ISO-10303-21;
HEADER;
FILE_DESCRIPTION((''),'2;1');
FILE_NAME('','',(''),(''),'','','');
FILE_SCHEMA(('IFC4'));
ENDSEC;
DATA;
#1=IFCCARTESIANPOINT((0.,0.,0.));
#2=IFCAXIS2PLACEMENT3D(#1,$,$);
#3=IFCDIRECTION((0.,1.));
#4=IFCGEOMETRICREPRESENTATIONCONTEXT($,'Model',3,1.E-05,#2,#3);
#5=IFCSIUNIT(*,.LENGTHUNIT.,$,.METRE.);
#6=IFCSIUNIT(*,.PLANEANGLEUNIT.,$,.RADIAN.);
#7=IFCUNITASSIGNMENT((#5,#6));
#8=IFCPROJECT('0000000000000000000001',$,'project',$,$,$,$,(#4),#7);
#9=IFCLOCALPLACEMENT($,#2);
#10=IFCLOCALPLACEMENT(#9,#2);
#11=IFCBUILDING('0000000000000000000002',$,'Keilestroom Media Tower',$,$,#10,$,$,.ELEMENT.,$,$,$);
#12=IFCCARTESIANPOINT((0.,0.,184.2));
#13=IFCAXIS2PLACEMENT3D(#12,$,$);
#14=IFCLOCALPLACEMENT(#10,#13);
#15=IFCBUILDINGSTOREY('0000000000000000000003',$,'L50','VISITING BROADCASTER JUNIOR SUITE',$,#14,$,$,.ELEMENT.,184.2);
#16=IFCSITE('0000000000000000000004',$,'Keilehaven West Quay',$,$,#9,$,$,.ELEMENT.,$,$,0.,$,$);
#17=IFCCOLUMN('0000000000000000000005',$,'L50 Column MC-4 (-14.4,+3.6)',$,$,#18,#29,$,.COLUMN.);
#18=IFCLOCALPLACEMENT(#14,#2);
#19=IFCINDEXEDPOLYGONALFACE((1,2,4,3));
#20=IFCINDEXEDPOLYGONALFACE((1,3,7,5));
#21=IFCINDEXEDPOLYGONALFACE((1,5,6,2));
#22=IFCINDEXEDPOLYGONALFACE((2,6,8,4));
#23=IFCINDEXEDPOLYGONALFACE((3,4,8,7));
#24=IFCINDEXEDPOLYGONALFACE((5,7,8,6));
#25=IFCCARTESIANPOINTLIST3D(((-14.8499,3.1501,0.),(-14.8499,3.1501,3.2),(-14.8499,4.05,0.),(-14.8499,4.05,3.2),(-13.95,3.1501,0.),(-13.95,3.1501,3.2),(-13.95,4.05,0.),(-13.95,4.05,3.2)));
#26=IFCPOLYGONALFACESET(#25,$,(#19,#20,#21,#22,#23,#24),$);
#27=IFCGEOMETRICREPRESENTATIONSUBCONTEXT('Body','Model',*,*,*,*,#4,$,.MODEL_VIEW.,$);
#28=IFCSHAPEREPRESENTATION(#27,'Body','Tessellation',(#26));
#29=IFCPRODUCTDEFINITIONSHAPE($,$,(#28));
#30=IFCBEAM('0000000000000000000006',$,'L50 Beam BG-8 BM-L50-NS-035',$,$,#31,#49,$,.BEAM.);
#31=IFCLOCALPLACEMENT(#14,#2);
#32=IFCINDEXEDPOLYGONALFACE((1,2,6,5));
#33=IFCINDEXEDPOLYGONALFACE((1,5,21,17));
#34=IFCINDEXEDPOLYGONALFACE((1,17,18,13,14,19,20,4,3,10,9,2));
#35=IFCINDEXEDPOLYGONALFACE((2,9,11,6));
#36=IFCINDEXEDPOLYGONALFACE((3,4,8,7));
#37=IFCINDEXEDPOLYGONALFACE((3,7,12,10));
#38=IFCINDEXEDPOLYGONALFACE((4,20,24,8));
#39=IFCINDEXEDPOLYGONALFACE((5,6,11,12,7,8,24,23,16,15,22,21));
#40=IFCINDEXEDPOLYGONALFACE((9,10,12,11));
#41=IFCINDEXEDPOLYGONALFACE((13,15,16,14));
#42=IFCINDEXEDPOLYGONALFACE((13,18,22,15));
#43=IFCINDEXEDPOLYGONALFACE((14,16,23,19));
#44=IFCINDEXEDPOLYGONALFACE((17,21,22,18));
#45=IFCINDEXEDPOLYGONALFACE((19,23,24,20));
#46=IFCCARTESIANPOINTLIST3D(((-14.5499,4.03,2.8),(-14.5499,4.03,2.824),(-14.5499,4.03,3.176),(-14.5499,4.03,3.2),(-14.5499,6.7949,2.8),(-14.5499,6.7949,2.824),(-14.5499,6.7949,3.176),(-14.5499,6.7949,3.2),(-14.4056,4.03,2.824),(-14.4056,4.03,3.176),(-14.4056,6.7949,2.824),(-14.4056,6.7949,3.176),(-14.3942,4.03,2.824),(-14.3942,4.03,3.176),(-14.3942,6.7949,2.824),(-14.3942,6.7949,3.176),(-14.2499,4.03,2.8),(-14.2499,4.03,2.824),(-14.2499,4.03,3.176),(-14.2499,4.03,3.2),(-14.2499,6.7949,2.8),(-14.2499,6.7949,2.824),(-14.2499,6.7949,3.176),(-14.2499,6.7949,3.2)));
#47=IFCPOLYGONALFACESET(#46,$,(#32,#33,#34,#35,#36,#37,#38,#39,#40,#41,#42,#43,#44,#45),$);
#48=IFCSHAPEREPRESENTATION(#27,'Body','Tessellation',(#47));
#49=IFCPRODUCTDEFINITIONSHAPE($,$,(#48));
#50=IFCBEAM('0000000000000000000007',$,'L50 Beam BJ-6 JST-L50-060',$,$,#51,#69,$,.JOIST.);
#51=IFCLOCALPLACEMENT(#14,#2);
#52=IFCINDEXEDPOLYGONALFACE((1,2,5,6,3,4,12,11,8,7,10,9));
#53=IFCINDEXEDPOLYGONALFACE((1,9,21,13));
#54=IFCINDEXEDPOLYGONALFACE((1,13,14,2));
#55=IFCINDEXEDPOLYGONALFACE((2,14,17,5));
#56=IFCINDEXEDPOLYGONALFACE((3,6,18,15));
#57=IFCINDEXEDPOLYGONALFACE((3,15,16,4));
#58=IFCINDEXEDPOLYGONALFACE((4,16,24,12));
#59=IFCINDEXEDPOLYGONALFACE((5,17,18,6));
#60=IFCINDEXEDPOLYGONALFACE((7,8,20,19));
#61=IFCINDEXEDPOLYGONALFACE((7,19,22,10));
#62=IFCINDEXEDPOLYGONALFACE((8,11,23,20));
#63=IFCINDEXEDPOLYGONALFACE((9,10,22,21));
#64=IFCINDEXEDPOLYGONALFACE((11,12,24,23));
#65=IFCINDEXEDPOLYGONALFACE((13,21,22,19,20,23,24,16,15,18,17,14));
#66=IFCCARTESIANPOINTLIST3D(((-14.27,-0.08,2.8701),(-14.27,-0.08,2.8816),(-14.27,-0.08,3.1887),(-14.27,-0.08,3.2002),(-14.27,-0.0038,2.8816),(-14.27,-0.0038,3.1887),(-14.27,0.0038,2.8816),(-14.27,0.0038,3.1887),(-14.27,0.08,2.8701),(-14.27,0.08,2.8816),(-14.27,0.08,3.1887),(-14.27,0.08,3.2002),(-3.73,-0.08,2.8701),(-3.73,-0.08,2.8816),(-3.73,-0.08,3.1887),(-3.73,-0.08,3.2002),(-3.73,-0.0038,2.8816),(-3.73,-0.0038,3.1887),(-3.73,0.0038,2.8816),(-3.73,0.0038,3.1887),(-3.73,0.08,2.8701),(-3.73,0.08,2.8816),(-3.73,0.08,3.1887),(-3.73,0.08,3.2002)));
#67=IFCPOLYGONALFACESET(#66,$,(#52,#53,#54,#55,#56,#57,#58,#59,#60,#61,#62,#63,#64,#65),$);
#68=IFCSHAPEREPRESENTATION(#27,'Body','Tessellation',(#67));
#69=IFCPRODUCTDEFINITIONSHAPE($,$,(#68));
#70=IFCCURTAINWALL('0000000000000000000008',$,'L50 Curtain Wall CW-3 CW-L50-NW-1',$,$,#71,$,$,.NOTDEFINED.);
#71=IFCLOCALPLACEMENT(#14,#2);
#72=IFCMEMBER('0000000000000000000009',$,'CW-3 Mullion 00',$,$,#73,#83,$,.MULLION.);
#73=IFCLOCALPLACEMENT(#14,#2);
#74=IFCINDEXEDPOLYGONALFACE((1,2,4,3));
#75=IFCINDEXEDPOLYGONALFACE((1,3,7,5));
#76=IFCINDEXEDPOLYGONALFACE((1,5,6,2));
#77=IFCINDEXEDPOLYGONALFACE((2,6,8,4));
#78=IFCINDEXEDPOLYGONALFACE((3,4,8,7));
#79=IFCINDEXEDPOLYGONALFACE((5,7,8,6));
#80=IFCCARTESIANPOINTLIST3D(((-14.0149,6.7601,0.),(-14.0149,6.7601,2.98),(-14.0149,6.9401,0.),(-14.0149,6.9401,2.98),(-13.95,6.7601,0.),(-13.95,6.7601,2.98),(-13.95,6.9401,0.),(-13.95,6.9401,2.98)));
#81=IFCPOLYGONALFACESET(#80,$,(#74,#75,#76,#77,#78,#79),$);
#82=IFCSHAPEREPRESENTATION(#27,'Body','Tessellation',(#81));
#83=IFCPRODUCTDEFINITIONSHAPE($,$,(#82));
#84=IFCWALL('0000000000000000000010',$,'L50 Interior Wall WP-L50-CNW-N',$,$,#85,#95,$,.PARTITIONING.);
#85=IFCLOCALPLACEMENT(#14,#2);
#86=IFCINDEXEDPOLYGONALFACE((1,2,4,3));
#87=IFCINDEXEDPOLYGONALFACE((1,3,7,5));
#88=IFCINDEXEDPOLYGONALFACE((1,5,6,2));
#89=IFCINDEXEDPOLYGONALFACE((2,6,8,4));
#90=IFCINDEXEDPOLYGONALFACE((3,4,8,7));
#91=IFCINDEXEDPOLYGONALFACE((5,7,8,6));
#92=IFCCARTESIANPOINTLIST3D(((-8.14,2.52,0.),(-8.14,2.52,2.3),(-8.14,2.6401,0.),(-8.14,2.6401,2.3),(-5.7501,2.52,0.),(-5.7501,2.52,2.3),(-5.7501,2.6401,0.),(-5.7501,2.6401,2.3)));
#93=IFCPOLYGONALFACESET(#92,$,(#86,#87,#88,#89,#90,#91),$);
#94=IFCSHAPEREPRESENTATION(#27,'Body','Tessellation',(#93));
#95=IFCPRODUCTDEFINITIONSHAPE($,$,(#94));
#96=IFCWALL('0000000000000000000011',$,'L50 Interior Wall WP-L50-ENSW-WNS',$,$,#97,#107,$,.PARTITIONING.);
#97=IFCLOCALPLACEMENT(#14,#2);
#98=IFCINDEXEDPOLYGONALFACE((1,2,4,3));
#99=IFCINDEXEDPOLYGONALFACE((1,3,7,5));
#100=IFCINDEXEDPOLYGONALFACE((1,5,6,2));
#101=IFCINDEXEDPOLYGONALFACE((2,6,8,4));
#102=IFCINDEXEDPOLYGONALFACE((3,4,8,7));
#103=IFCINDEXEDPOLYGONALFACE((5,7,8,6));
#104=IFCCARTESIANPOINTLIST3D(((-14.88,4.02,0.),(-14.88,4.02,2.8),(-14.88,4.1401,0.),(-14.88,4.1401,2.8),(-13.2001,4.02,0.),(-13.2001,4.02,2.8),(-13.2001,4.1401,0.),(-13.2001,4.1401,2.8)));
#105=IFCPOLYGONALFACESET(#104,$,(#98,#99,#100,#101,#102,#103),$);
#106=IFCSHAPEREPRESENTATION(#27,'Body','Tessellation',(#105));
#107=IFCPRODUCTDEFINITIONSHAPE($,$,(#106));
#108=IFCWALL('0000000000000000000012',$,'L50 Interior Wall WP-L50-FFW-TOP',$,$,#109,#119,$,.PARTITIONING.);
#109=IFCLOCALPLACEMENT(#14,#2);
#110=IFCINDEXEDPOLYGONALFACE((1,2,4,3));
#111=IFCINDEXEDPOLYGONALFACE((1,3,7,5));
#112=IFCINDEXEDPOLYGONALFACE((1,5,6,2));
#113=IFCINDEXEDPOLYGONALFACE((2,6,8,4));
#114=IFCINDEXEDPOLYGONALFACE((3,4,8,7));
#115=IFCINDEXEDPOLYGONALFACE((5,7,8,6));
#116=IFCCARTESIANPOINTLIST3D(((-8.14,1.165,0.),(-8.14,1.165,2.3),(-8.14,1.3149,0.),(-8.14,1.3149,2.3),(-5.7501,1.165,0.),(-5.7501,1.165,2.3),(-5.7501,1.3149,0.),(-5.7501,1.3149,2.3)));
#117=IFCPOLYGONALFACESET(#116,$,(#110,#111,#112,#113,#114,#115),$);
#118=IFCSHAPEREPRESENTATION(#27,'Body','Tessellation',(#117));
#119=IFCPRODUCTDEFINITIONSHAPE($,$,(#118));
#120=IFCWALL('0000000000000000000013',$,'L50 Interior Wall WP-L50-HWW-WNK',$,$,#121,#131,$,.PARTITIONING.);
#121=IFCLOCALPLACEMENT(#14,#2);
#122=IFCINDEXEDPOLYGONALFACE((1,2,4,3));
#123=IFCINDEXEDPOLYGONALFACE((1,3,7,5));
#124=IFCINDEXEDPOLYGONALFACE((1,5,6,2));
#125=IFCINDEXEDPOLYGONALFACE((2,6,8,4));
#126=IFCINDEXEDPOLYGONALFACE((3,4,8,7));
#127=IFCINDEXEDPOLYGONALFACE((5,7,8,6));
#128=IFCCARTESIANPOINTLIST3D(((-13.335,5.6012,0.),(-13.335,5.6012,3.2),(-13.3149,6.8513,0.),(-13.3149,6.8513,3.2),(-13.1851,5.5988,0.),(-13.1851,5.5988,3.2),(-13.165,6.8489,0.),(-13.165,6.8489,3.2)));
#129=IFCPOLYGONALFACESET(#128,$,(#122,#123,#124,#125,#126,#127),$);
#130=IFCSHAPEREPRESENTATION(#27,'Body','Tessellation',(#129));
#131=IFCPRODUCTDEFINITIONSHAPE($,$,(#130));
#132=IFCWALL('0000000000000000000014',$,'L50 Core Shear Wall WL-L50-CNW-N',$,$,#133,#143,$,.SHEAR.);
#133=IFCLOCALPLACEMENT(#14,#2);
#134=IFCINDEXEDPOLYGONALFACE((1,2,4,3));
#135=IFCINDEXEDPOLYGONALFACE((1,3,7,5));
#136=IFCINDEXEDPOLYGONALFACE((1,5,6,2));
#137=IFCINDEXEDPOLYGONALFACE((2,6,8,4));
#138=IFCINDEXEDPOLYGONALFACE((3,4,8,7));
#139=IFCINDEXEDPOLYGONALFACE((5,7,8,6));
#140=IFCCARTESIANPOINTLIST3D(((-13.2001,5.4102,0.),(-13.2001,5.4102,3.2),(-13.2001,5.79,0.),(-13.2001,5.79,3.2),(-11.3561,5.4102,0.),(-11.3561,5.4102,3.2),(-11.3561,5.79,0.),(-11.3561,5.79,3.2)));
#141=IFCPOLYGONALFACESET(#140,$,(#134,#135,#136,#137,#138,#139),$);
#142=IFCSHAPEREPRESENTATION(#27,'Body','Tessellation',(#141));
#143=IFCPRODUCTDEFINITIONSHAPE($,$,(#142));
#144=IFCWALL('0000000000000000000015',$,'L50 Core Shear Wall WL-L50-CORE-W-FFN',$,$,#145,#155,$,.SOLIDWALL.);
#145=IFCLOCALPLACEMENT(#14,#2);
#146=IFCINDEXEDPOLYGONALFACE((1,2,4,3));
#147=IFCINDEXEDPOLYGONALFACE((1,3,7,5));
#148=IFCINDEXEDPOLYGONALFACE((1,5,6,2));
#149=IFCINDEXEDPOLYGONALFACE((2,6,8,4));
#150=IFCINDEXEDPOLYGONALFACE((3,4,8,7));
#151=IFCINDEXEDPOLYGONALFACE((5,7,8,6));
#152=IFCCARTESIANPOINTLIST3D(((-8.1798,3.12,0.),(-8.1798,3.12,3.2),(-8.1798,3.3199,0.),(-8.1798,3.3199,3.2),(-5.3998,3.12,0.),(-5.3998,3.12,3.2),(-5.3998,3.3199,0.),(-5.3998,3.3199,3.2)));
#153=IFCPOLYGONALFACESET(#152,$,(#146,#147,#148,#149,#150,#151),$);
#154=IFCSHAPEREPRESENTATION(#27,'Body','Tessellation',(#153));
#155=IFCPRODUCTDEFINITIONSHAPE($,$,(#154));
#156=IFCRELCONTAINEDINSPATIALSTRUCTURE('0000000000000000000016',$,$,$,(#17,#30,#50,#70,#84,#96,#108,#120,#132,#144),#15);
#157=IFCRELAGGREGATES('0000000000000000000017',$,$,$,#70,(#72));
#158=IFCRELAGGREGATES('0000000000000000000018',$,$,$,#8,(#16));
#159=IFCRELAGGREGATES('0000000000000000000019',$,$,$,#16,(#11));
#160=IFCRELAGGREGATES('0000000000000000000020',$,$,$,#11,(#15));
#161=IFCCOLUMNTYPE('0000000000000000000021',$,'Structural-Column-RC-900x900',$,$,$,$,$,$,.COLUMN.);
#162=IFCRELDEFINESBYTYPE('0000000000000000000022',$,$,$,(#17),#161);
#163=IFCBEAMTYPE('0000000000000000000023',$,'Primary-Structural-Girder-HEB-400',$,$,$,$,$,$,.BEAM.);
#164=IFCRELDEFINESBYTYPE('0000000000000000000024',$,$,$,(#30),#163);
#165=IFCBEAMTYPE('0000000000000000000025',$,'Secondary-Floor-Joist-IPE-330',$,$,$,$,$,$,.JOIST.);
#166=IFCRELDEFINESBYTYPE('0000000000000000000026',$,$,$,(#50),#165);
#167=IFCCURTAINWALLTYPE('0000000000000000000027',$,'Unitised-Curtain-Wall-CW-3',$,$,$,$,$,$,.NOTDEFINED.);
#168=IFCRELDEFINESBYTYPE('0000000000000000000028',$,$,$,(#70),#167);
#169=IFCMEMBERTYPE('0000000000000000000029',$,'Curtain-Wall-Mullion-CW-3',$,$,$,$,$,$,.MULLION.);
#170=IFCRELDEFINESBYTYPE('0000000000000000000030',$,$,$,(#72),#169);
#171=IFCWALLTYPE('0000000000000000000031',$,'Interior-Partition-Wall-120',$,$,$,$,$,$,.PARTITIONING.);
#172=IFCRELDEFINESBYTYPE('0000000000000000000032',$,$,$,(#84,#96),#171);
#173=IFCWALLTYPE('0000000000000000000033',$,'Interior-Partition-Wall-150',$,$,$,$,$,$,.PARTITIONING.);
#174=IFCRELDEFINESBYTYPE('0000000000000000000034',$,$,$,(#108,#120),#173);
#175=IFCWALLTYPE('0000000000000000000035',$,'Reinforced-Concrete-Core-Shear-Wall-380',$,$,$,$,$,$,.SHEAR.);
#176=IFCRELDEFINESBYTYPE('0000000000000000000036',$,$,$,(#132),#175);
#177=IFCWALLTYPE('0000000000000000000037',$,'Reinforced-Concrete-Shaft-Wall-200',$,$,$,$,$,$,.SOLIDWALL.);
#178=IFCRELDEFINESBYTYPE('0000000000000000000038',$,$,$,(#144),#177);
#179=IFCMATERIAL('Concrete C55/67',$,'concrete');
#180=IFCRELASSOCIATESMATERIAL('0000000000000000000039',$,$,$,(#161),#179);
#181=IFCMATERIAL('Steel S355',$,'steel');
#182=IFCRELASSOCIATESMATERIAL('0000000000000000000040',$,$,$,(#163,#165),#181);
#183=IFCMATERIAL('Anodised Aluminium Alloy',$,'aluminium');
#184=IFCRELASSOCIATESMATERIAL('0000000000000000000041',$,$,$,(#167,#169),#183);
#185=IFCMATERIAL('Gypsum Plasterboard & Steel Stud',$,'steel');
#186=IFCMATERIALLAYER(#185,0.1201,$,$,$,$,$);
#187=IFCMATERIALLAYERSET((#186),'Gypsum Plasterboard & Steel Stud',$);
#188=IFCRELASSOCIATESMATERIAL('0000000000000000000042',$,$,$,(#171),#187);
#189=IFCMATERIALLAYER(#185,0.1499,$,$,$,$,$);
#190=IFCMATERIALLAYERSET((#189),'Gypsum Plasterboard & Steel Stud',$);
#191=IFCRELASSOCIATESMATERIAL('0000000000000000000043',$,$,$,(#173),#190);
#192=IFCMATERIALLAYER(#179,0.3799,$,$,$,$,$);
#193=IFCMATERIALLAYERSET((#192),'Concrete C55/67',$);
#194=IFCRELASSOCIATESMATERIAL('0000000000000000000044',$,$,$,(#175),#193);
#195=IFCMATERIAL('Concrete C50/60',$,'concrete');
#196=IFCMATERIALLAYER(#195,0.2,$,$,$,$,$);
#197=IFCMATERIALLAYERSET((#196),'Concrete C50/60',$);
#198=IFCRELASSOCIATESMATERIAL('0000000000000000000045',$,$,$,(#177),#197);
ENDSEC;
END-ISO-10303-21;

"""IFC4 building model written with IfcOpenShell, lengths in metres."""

from ifc_helpers import new_model, si_unit, direction, frame, frame_2d, origin, origin_2d, place, context, subcontext, project, spatial, rectangle, i_section, extrude, source, transform, mapped, material, layer, layer_set, material_profile, profile_set, type_object, element, aggregate, save


model = new_model("IFC4")

# Units and contexts
model_context = context("Model", 3, precision=1e-05, world=origin(), true_north=direction((0.0, 1.0)))
body_context = subcontext(model_context, "Body", "Model", "MODEL_VIEW")
ifc_project = project(units=[si_unit("LENGTHUNIT", "METRE"), si_unit("PLANEANGLEUNIT", "RADIAN")], contexts=[model_context])

# Site, building, storey
site_placement = place(None, origin())
site = spatial("IfcSite", under=ifc_project, at=site_placement, Name="Keilehaven West Quay", CompositionType="ELEMENT", RefElevation=0.0)
building_placement = place(site_placement, origin())
building = spatial("IfcBuilding", under=site, at=building_placement, Name="Keilestroom Media Tower", CompositionType="ELEMENT")
storey_placement = place(building_placement, frame((0.0, 0.0, 184.2)))
storey = spatial("IfcBuildingStorey", under=building, at=storey_placement, Name="L50", Description="VISITING BROADCASTER JUNIOR SUITE", CompositionType="ELEMENT", Elevation=184.2)

# Column
ifc_material_1 = material(Name="Concrete C55/67", Category="concrete")
ifc_material_profile_1 = material_profile(ifc_material_1, rectangle(XDim=0.8999, YDim=0.8999, at=origin_2d()), Name="RC 900x900")
ifc_profile_set_1 = profile_set([ifc_material_profile_1], Name="Concrete C55/67")
column_type = type_object("IfcColumnType", Name="Structural-Column-RC-900x900", PredefinedType="COLUMN", material=ifc_profile_set_1)
shared_shape_1 = source(origin(), body_context, "Body", "SweptSolid", [
    extrude(rectangle(XDim=0.8999, YDim=0.8999, at=origin_2d()), origin(), (0.0, 0.0, 1.0), 3.2),
])
column_placement = place(storey_placement, frame((-14.3999, 3.6001, 0.0), z_axis=(0.0, 0.0, 1.0), x_axis=(1.0, 0.0, 0.0)))
element("IfcColumn", 1, at=column_placement, inside=storey, type_object=column_type, Name="L50 Column MC-4 (-14.4,+3.6)", PredefinedType="COLUMN", context=body_context, shape_type="MappedRepresentation", body=[
    mapped(shared_shape_1, transform((0.0, 0.0, 0.0), x_axis=(1.0, 0.0, 0.0), y_axis=(0.0, 1.0, 0.0), z_axis=(0.0, 0.0, 1.0), scale=1.0)),
])

# Beams
ifc_material_2 = material(Name="Steel S355", Category="steel")
ifc_material_profile_2 = material_profile(ifc_material_2, i_section(OverallWidth=0.3, OverallDepth=0.3999, WebThickness=0.0115, FlangeThickness=0.0239, at=origin_2d()), Name="HEB 400")
ifc_profile_set_2 = profile_set([ifc_material_profile_2], Name="Steel S355")
beam_type_1 = type_object("IfcBeamType", Name="Primary-Structural-Girder-HEB-400", PredefinedType="BEAM", material=ifc_profile_set_2)
shared_shape_2 = source(origin(), body_context, "Body", "SweptSolid", [
    extrude(i_section(OverallWidth=0.3, OverallDepth=0.3999, WebThickness=0.0115, FlangeThickness=0.0239, at=origin_2d()), origin(), (0.0, 0.0, 1.0), 2.7649),
])
beam_1_placement = place(storey_placement, frame((-14.3999, 4.03, 3.0), z_axis=(0.0, 1.0, 0.0), x_axis=(-1.0, 0.0, 0.0)))
element("IfcBeam", 2, at=beam_1_placement, inside=storey, type_object=beam_type_1, Name="L50 Beam BG-8 BM-L50-NS-035", PredefinedType="BEAM", context=body_context, shape_type="MappedRepresentation", body=[
    mapped(shared_shape_2, transform((0.0, 0.0, 0.0), x_axis=(1.0, 0.0, 0.0), y_axis=(0.0, 1.0, 0.0), z_axis=(0.0, 0.0, 1.0), scale=1.0)),
])
ifc_material_profile_3 = material_profile(ifc_material_2, i_section(OverallWidth=0.1599, OverallDepth=0.3301, WebThickness=0.0076, FlangeThickness=0.0115, at=origin_2d()), Name="IPE 330")
ifc_profile_set_3 = profile_set([ifc_material_profile_3], Name="Steel S355")
beam_type_2 = type_object("IfcBeamType", Name="Secondary-Floor-Joist-IPE-330", PredefinedType="JOIST", material=ifc_profile_set_3)
shared_shape_3 = source(origin(), body_context, "Body", "SweptSolid", [
    extrude(i_section(OverallWidth=0.1599, OverallDepth=0.3301, WebThickness=0.0076, FlangeThickness=0.0115, at=origin_2d()), origin(), (0.0, 0.0, 1.0), 10.54),
])
beam_2_placement = place(storey_placement, frame((-14.27, 0.0, 3.0352), z_axis=(1.0, 0.0, 0.0), x_axis=(0.0, 1.0, 0.0)))
element("IfcBeam", 3, at=beam_2_placement, inside=storey, type_object=beam_type_2, Name="L50 Beam BJ-6 JST-L50-060", PredefinedType="JOIST", context=body_context, shape_type="MappedRepresentation", body=[
    mapped(shared_shape_3, transform((0.0, 0.0, 0.0), x_axis=(1.0, 0.0, 0.0), y_axis=(0.0, 1.0, 0.0), z_axis=(0.0, 0.0, 1.0), scale=1.0)),
])

# Curtain wall, member
ifc_material_3 = material(Name="Anodised Aluminium Alloy", Category="aluminium")
curtain_wall_type = type_object("IfcCurtainWallType", Name="Unitised-Curtain-Wall-CW-3", PredefinedType="NOTDEFINED", material=ifc_material_3)
curtain_wall_placement = place(storey_placement, origin())
curtain_wall = element("IfcCurtainWall", 4, at=curtain_wall_placement, inside=storey, type_object=curtain_wall_type, Name="L50 Curtain Wall CW-3 CW-L50-NW-1", PredefinedType="NOTDEFINED")
ifc_material_profile_4 = material_profile(ifc_material_3, rectangle(XDim=0.0649, YDim=0.1799, at=origin_2d()), Name="ALU MULLION 65x180")
ifc_profile_set_4 = profile_set([ifc_material_profile_4], Name="Anodised Aluminium Alloy")
member_type = type_object("IfcMemberType", Name="Curtain-Wall-Mullion-CW-3", PredefinedType="MULLION", material=ifc_profile_set_4)
shared_shape_4 = source(origin(), body_context, "Body", "SweptSolid", [
    extrude(rectangle(XDim=0.0649, YDim=0.1799, at=origin_2d()), origin(), (0.0, 0.0, 1.0), 2.98),
])
member_placement = place(storey_placement, frame((-13.9824, 6.8501, 0.0), z_axis=(0.0, 0.0, 1.0), x_axis=(1.0, 0.0, 0.0)))
member = element("IfcMember", 5, at=member_placement, type_object=member_type, Name="CW-3 Mullion 00", PredefinedType="MULLION", context=body_context, shape_type="MappedRepresentation", body=[
    mapped(shared_shape_4, transform((0.0, 0.0, 0.0), x_axis=(1.0, 0.0, 0.0), y_axis=(0.0, 1.0, 0.0), z_axis=(0.0, 0.0, 1.0), scale=1.0)),
])
aggregate(curtain_wall, [member])

# Walls
ifc_material_4 = material(Name="Gypsum Plasterboard & Steel Stud", Category="steel")
ifc_layer_1 = layer(ifc_material_4, 0.1201)
ifc_layer_set_1 = layer_set([ifc_layer_1], Name="Gypsum Plasterboard & Steel Stud")
wall_type_1 = type_object("IfcWallType", Name="Interior-Partition-Wall-120", PredefinedType="PARTITIONING", material=ifc_layer_set_1)
wall_1_placement = place(storey_placement, frame((-8.1399, 2.5801, 0.0), z_axis=(0.0, 0.0, 1.0), x_axis=(1.0, 0.0, 0.0)))
element("IfcWall", 6, at=wall_1_placement, inside=storey, type_object=wall_type_1, Name="L50 Interior Wall WP-L50-CNW-N", PredefinedType="PARTITIONING", context=body_context, shape_type="SweptSolid", body=[
    extrude(rectangle(XDim=2.3899, YDim=0.1201, at=frame_2d((1.1948, 0.0))), origin(), (0.0, 0.0, 1.0), 2.3),
])
wall_2_placement = place(storey_placement, frame((-14.8799, 4.0801, 0.0), z_axis=(0.0, 0.0, 1.0), x_axis=(1.0, 0.0, 0.0)))
element("IfcWall", 7, at=wall_2_placement, inside=storey, type_object=wall_type_1, Name="L50 Interior Wall WP-L50-ENSW-WNS", PredefinedType="PARTITIONING", context=body_context, shape_type="SweptSolid", body=[
    extrude(rectangle(XDim=1.6799, YDim=0.1201, at=frame_2d((0.8398, 0.0))), origin(), (0.0, 0.0, 1.0), 2.8),
])
ifc_layer_2 = layer(ifc_material_4, 0.1499)
ifc_layer_set_2 = layer_set([ifc_layer_2], Name="Gypsum Plasterboard & Steel Stud")
wall_type_2 = type_object("IfcWallType", Name="Interior-Partition-Wall-150", PredefinedType="PARTITIONING", material=ifc_layer_set_2)
wall_3_placement = place(storey_placement, frame((-8.1399, 1.24, 0.0), z_axis=(0.0, 0.0, 1.0), x_axis=(1.0, 0.0, 0.0)))
element("IfcWall", 8, at=wall_3_placement, inside=storey, type_object=wall_type_2, Name="L50 Interior Wall WP-L50-FFW-TOP", PredefinedType="PARTITIONING", context=body_context, shape_type="SweptSolid", body=[
    extrude(rectangle(XDim=2.3899, YDim=0.1499, at=frame_2d((1.1948, 0.0))), origin(), (0.0, 0.0, 1.0), 2.3),
])
wall_4_placement = place(storey_placement, frame((-13.26, 5.6001, 0.0), z_axis=(0.0, 0.0, 1.0), x_axis=(0.016014, 0.999872, 0.0)))
element("IfcWall", 9, at=wall_4_placement, inside=storey, type_object=wall_type_2, Name="L50 Interior Wall WP-L50-HWW-WNK", PredefinedType="PARTITIONING", context=body_context, shape_type="SweptSolid", body=[
    extrude(rectangle(XDim=1.2502, YDim=0.1499, at=frame_2d((0.625, 0.0))), origin(), (0.0, 0.0, 1.0), 3.2),
])
ifc_layer_3 = layer(ifc_material_1, 0.3799)
ifc_layer_set_3 = layer_set([ifc_layer_3], Name="Concrete C55/67")
wall_type_3 = type_object("IfcWallType", Name="Reinforced-Concrete-Core-Shear-Wall-380", PredefinedType="SHEAR", material=ifc_layer_set_3)
wall_5_placement = place(storey_placement, frame((-13.2, 5.6001, 0.0), z_axis=(0.0, 0.0, 1.0), x_axis=(1.0, 0.0, 0.0)))
element("IfcWall", 10, at=wall_5_placement, inside=storey, type_object=wall_type_3, Name="L50 Core Shear Wall WL-L50-CNW-N", PredefinedType="SHEAR", context=body_context, shape_type="SweptSolid", body=[
    extrude(rectangle(XDim=1.844, YDim=0.3799, at=frame_2d((0.9219, 0.0))), origin(), (0.0, 0.0, 1.0), 3.2),
])
ifc_material_5 = material(Name="Concrete C50/60", Category="concrete")
ifc_layer_4 = layer(ifc_material_5, 0.2)
ifc_layer_set_4 = layer_set([ifc_layer_4], Name="Concrete C50/60")
wall_type_4 = type_object("IfcWallType", Name="Reinforced-Concrete-Shaft-Wall-200", PredefinedType="SOLIDWALL", material=ifc_layer_set_4)
wall_6_placement = place(storey_placement, frame((-8.1799, 3.22, 0.0), z_axis=(0.0, 0.0, 1.0), x_axis=(1.0, 0.0, 0.0)))
element("IfcWall", 11, at=wall_6_placement, inside=storey, type_object=wall_type_4, Name="L50 Core Shear Wall WL-L50-CORE-W-FFN", PredefinedType="SOLIDWALL", context=body_context, shape_type="SweptSolid", body=[
    extrude(rectangle(XDim=2.78, YDim=0.2, at=frame_2d((1.3901, 0.0))), origin(), (0.0, 0.0, 1.0), 3.2),
])

save(model, "model.ifc")
